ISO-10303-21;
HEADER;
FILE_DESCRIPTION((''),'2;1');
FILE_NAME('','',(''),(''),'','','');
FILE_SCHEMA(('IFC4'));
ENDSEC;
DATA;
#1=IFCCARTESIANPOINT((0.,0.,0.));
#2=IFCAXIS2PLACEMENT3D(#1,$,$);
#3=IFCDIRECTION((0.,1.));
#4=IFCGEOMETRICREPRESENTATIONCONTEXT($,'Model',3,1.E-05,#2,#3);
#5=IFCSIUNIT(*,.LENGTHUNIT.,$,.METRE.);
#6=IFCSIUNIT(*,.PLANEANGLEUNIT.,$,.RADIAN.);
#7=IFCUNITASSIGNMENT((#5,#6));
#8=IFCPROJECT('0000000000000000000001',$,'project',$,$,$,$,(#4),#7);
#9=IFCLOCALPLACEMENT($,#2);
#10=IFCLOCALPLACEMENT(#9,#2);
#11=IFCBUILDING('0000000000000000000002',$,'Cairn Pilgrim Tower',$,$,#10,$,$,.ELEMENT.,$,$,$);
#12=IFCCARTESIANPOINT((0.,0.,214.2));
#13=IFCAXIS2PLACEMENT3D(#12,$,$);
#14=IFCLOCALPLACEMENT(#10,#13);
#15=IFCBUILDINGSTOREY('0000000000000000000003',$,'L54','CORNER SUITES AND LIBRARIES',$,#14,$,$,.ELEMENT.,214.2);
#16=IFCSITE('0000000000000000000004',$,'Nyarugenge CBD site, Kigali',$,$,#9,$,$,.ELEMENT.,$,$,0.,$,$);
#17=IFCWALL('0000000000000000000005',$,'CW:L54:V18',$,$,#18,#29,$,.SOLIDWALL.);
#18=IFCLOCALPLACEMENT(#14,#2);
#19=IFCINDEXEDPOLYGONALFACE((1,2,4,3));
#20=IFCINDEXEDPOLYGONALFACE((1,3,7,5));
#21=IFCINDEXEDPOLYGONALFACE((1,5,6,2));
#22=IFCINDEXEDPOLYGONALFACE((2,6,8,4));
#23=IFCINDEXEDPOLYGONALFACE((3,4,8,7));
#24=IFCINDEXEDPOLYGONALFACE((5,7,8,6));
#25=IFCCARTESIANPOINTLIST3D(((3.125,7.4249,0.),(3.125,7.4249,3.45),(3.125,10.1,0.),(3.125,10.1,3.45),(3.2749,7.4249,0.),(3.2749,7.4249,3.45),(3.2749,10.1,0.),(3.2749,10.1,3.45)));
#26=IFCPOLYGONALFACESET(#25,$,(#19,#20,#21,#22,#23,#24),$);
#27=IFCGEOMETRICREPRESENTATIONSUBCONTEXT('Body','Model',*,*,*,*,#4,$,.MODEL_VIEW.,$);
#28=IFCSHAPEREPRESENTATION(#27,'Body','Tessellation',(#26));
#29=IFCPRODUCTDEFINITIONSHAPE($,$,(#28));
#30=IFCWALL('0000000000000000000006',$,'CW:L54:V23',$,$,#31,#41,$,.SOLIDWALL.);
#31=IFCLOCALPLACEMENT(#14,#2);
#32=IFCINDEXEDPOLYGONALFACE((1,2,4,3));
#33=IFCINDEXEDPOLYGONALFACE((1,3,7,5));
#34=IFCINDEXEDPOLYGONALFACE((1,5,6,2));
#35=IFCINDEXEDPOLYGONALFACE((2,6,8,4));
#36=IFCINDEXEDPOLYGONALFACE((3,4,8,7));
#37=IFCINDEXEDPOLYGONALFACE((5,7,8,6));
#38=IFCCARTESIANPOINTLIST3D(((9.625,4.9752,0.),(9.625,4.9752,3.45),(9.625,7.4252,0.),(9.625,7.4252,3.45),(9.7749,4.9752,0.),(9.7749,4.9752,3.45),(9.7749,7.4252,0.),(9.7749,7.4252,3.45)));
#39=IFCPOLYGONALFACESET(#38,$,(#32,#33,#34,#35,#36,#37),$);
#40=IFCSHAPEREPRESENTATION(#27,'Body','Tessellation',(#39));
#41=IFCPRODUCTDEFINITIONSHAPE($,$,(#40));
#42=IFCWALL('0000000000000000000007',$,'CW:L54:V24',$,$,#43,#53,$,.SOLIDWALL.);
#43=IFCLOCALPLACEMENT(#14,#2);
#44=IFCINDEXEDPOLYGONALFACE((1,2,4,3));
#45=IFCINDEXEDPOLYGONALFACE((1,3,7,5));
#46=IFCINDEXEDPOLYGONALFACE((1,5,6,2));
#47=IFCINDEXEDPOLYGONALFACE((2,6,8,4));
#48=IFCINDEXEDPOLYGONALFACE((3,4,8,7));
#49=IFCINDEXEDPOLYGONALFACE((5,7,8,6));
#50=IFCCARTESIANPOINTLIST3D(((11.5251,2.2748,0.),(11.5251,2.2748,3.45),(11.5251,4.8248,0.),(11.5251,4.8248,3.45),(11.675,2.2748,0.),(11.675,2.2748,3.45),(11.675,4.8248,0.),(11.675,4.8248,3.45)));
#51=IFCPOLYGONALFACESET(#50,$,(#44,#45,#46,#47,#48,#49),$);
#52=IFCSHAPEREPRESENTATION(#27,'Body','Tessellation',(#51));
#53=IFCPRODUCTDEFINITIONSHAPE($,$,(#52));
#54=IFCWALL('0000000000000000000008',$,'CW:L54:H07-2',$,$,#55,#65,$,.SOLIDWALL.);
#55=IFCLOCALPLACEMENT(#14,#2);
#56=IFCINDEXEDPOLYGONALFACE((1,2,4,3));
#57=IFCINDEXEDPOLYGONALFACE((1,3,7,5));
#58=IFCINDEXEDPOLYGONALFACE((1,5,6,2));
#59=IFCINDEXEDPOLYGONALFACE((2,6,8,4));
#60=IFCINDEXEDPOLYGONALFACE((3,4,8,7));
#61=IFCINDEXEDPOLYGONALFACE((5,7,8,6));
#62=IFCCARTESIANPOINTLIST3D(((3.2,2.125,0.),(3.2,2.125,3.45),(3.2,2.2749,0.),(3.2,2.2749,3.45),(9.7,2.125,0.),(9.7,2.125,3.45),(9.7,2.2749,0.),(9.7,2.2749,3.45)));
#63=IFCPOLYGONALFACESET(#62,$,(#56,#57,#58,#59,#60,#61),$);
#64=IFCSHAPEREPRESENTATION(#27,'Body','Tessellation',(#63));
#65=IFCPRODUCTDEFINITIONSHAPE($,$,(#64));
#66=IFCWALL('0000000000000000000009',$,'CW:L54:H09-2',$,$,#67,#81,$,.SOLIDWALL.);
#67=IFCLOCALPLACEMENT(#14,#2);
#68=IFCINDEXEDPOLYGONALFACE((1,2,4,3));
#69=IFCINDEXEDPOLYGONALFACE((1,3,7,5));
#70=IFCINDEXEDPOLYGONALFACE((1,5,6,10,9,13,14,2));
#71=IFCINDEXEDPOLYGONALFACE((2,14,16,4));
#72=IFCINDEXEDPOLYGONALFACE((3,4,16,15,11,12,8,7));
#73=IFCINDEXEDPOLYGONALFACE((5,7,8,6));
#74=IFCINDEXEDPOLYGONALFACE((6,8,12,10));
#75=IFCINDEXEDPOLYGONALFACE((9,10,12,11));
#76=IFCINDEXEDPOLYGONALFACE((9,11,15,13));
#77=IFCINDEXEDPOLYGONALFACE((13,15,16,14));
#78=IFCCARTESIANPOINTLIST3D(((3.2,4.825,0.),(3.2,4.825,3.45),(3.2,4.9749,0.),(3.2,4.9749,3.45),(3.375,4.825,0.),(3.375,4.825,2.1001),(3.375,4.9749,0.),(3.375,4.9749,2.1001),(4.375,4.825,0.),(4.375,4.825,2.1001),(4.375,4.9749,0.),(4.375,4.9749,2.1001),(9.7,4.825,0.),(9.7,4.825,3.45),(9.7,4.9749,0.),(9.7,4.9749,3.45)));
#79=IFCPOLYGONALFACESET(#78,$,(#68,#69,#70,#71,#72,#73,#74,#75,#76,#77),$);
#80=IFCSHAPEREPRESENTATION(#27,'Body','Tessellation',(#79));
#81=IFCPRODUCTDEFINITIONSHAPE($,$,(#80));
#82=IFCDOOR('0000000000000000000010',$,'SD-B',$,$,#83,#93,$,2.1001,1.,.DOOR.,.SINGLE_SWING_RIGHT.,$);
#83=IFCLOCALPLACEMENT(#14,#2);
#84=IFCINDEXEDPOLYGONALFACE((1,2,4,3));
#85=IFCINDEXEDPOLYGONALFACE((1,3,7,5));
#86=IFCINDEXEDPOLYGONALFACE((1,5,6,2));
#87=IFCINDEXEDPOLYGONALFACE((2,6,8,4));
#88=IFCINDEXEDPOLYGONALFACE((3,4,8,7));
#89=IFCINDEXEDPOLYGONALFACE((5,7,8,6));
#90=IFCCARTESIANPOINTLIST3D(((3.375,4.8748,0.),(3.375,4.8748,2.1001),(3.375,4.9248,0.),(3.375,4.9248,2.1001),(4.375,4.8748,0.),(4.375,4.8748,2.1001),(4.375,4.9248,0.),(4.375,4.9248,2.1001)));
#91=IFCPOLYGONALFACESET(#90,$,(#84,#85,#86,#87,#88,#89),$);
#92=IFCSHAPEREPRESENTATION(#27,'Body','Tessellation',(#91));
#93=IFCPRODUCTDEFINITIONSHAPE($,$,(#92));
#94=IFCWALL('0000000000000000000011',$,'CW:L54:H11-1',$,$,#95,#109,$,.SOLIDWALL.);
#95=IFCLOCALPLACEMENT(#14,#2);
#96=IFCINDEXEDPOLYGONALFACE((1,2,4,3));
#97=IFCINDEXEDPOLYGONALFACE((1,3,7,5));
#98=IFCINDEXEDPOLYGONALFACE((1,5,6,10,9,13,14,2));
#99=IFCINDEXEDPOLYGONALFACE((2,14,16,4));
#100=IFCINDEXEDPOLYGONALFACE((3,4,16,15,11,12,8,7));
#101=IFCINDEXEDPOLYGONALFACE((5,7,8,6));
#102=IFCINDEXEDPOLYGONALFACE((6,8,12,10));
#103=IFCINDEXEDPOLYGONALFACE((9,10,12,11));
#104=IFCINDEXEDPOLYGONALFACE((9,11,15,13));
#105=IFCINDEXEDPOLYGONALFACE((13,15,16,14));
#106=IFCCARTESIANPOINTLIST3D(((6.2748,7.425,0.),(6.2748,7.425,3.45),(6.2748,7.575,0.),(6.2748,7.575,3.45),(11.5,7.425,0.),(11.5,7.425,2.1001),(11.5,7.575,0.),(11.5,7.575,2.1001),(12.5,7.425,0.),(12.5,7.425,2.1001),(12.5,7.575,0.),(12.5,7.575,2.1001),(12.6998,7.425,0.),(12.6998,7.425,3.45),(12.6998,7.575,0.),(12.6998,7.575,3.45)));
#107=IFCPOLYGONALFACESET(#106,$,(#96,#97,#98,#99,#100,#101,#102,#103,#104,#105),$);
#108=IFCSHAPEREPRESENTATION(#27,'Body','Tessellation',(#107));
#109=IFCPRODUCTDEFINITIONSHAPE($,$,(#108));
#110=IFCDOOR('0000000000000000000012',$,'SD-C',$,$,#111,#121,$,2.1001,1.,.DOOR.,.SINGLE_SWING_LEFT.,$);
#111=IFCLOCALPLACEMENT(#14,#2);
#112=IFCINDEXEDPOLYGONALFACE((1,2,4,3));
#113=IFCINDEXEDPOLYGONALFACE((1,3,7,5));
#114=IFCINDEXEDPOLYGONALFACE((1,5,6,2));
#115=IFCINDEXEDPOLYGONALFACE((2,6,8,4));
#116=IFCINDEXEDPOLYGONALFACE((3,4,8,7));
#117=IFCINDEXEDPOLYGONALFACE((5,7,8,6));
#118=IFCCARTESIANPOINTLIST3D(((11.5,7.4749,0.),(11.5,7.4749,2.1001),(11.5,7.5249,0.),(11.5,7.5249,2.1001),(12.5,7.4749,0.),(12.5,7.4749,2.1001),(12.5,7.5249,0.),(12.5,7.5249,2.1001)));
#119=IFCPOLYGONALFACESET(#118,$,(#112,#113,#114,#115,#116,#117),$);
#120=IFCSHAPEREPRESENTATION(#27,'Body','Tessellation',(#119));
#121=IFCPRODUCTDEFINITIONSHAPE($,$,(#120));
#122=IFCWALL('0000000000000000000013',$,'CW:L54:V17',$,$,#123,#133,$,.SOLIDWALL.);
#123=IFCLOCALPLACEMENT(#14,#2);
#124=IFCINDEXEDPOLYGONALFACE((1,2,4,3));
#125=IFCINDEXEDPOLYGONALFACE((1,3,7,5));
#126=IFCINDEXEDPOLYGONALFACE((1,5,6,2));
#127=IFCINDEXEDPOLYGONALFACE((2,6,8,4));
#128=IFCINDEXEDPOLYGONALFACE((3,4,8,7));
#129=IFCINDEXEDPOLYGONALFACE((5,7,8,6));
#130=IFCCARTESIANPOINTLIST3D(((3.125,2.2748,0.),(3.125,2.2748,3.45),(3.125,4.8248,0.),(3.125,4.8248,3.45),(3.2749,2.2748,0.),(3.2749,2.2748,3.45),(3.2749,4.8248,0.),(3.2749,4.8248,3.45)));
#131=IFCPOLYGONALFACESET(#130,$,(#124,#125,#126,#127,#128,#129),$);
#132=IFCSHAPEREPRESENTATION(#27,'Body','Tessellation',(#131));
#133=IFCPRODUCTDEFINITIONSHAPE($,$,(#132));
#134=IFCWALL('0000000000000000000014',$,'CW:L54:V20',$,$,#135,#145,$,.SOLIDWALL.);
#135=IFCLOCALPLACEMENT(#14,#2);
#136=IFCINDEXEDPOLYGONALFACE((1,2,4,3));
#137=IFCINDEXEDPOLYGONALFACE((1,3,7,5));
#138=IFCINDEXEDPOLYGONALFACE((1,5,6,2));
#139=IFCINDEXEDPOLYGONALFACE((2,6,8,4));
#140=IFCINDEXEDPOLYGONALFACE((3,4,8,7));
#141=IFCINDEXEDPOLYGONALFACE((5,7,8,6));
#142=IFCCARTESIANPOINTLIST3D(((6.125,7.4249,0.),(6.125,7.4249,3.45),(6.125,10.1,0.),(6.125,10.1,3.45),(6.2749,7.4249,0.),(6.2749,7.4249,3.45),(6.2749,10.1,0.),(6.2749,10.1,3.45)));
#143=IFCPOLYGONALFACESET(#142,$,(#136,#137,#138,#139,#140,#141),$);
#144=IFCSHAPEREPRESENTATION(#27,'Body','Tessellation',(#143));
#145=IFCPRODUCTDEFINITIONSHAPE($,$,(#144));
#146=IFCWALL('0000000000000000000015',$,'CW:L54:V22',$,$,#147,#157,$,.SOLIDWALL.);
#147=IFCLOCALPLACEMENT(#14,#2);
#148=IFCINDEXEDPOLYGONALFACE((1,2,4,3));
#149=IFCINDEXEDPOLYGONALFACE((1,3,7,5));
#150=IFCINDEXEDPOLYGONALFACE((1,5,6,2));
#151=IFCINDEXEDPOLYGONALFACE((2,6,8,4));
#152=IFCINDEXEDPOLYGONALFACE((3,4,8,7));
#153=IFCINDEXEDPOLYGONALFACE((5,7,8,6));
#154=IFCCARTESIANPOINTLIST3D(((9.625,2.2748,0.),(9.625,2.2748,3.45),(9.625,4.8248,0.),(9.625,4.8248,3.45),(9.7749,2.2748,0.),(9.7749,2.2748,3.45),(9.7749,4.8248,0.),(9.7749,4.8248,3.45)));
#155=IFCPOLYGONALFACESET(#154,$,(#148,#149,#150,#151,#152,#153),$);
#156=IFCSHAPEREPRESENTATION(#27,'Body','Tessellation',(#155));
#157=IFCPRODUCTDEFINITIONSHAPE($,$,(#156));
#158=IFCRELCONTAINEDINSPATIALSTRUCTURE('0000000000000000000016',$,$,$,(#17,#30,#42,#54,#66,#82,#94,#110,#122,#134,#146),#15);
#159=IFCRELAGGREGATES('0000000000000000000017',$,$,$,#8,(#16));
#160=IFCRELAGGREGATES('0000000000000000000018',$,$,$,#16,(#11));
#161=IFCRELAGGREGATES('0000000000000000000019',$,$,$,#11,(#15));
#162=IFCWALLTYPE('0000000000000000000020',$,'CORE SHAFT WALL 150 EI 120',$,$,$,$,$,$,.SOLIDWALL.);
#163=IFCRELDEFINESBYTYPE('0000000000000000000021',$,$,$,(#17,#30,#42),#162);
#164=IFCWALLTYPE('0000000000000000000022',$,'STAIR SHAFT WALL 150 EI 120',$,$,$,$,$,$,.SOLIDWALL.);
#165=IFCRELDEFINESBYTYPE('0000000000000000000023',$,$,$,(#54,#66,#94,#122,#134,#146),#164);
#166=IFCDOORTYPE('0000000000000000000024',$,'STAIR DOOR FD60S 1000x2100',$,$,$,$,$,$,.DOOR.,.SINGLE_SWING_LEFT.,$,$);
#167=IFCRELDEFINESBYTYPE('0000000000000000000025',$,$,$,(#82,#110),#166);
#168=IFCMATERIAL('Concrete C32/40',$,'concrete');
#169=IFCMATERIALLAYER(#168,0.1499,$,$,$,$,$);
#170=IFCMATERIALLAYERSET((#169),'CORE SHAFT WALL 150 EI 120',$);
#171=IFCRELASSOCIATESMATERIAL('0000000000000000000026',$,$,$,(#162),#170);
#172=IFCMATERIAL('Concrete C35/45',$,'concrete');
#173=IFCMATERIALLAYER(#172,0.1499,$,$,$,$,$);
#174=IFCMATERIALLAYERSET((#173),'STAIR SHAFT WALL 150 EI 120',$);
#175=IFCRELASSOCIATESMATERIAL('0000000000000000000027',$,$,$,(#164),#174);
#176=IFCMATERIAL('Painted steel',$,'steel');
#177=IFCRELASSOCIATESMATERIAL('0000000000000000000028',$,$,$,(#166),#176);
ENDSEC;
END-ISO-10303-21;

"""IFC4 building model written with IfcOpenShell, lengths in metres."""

from ifc_helpers import new_model, si_unit, direction, frame, frame_2d, origin, place, context, subcontext, project, spatial, rectangle, extrude, material, layer, layer_set, type_object, element, fill, save


model = new_model("IFC4")

# Units and contexts
model_context = context("Model", 3, precision=1e-05, world=origin(), true_north=direction((0.0, 1.0)))
body_context = subcontext(model_context, "Body", "Model", "MODEL_VIEW")
ifc_project = project(units=[si_unit("LENGTHUNIT", "METRE"), si_unit("PLANEANGLEUNIT", "RADIAN")], contexts=[model_context])

# Site, building, storey
site_placement = place(None, origin())
site = spatial("IfcSite", under=ifc_project, at=site_placement, Name="Nyarugenge CBD site, Kigali", CompositionType="ELEMENT", RefElevation=0.0)
building_placement = place(site_placement, origin())
building = spatial("IfcBuilding", under=site, at=building_placement, Name="Cairn Pilgrim Tower", CompositionType="ELEMENT")
storey_placement = place(building_placement, frame((0.0, 0.0, 214.2)))
storey = spatial("IfcBuildingStorey", under=building, at=storey_placement, Name="L54", Description="CORNER SUITES AND LIBRARIES", CompositionType="ELEMENT", Elevation=214.2)

# Shared definitions
ifc_material_1 = material(Name="Concrete C32/40", Category="concrete")

# Shared definitions
ifc_layer_1 = layer(ifc_material_1, 0.1499)
ifc_layer_set_1 = layer_set([ifc_layer_1], Name="CORE SHAFT WALL 150 EI 120")
wall_type_1 = type_object("IfcWallType", Name="CORE SHAFT WALL 150 EI 120", PredefinedType="SOLIDWALL", material=ifc_layer_set_1)

# Shared definitions
ifc_material_2 = material(Name="Painted steel", Category="steel")

# Walls
wall_1_placement = place(storey_placement, frame((3.2, 7.425, 0.0), z_axis=(0.0, 0.0, 1.0), x_axis=(0.0, 1.0, 0.0)))
element("IfcWall", 1, at=wall_1_placement, inside=storey, type_object=wall_type_1, Name="CW:L54:V18", PredefinedType="SOLIDWALL", context=body_context, shape_type="SweptSolid", body=[
    extrude(rectangle(XDim=2.675, YDim=0.1499, at=frame_2d((1.3374, 0.0))), origin(), (0.0, 0.0, 1.0), 3.45),
])
wall_2_placement = place(storey_placement, frame((9.7, 4.9751, 0.0), z_axis=(0.0, 0.0, 1.0), x_axis=(0.0, 1.0, 0.0)))
element("IfcWall", 2, at=wall_2_placement, inside=storey, type_object=wall_type_1, Name="CW:L54:V23", PredefinedType="SOLIDWALL", context=body_context, shape_type="SweptSolid", body=[
    extrude(rectangle(XDim=2.45, YDim=0.1499, at=frame_2d((1.2251, 0.0))), origin(), (0.0, 0.0, 1.0), 3.45),
])
wall_3_placement = place(storey_placement, frame((11.6001, 2.2749, 0.0), z_axis=(0.0, 0.0, 1.0), x_axis=(0.0, 1.0, 0.0)))
element("IfcWall", 3, at=wall_3_placement, inside=storey, type_object=wall_type_1, Name="CW:L54:V24", PredefinedType="SOLIDWALL", context=body_context, shape_type="SweptSolid", body=[
    extrude(rectangle(XDim=2.55, YDim=0.1499, at=frame_2d((1.2749, 0.0))), origin(), (0.0, 0.0, 1.0), 3.45),
])
ifc_material_3 = material(Name="Concrete C35/45", Category="concrete")
ifc_layer_2 = layer(ifc_material_3, 0.1499)
ifc_layer_set_2 = layer_set([ifc_layer_2], Name="STAIR SHAFT WALL 150 EI 120")
wall_type_2 = type_object("IfcWallType", Name="STAIR SHAFT WALL 150 EI 120", PredefinedType="SOLIDWALL", material=ifc_layer_set_2)
wall_4_placement = place(storey_placement, frame((3.2, 2.2, 0.0), z_axis=(0.0, 0.0, 1.0), x_axis=(1.0, 0.0, 0.0)))
element("IfcWall", 4, at=wall_4_placement, inside=storey, type_object=wall_type_2, Name="CW:L54:H07-2", PredefinedType="SOLIDWALL", context=body_context, shape_type="SweptSolid", body=[
    extrude(rectangle(XDim=6.5, YDim=0.1499, at=frame_2d((3.25, 0.0))), origin(), (0.0, 0.0, 1.0), 3.45),
])

# Walls, openings, doors
wall_5_placement = place(storey_placement, frame((3.2, 4.8999, 0.0), z_axis=(0.0, 0.0, 1.0), x_axis=(1.0, 0.0, 0.0)))
wall_5 = element("IfcWall", 5, at=wall_5_placement, inside=storey, type_object=wall_type_2, Name="CW:L54:H09-2", PredefinedType="SOLIDWALL", context=body_context, shape_type="SweptSolid", body=[
    extrude(rectangle(XDim=6.5, YDim=0.1499, at=frame_2d((3.25, 0.0))), origin(), (0.0, 0.0, 1.0), 3.45),
])
opening_1_placement = place(wall_5_placement, frame((0.175, 0.0, 0.0)))
opening_1 = element("IfcOpeningElement", 6, at=opening_1_placement, cuts=wall_5, PredefinedType="OPENING", context=body_context, shape_type="SweptSolid", body=[
    extrude(rectangle(XDim=1.0, YDim=2.1001, at=frame_2d((0.5, 1.05))), frame((0.0, 0.085, 0.0), z_axis=(0.0, -1.0, 0.0), x_axis=(1.0, 0.0, 0.0)), (0.0, 0.0, 1.0), 0.1699),
])
door_type_1 = type_object("IfcDoorType", Name="STAIR DOOR FD60S 1000x2100", OperationType="SINGLE_SWING_LEFT", PredefinedType="DOOR", material=ifc_material_2)
door_1_placement = place(opening_1_placement, origin())
door_1 = element("IfcDoor", 7, at=door_1_placement, inside=storey, type_object=door_type_1, Name="SD-B", OperationType="SINGLE_SWING_RIGHT", OverallHeight=2.1001, OverallWidth=1.0, PredefinedType="DOOR", context=body_context, shape_type="SweptSolid", body=[
    extrude(rectangle(XDim=1.0, YDim=2.1001, at=frame_2d((0.5, 1.05))), frame((0.0, 0.0249, 0.0), z_axis=(0.0, -1.0, 0.0), x_axis=(1.0, 0.0, 0.0)), (0.0, 0.0, 1.0), 0.05),
])
fill(opening_1, door_1)
wall_6_placement = place(storey_placement, frame((6.2749, 7.5, 0.0), z_axis=(0.0, 0.0, 1.0), x_axis=(1.0, 0.0, 0.0)))
wall_6 = element("IfcWall", 8, at=wall_6_placement, inside=storey, type_object=wall_type_2, Name="CW:L54:H11-1", PredefinedType="SOLIDWALL", context=body_context, shape_type="SweptSolid", body=[
    extrude(rectangle(XDim=6.425, YDim=0.1499, at=frame_2d((3.2124, 0.0))), origin(), (0.0, 0.0, 1.0), 3.45),
])
opening_2_placement = place(wall_6_placement, frame((5.2251, 0.0, 0.0)))
opening_2 = element("IfcOpeningElement", 9, at=opening_2_placement, cuts=wall_6, PredefinedType="OPENING", context=body_context, shape_type="SweptSolid", body=[
    extrude(rectangle(XDim=1.0, YDim=2.1001, at=frame_2d((0.5, 1.05))), frame((0.0, 0.085, 0.0), z_axis=(0.0, -1.0, 0.0), x_axis=(1.0, 0.0, 0.0)), (0.0, 0.0, 1.0), 0.1699),
])
door_2_placement = place(opening_2_placement, origin())
door_2 = element("IfcDoor", 10, at=door_2_placement, inside=storey, type_object=door_type_1, Name="SD-C", OperationType="SINGLE_SWING_LEFT", OverallHeight=2.1001, OverallWidth=1.0, PredefinedType="DOOR", context=body_context, shape_type="SweptSolid", body=[
    extrude(rectangle(XDim=1.0, YDim=2.1001, at=frame_2d((0.5, 1.05))), frame((0.0, 0.0249, 0.0), z_axis=(0.0, -1.0, 0.0), x_axis=(1.0, 0.0, 0.0)), (0.0, 0.0, 1.0), 0.05),
])
fill(opening_2, door_2)

# Walls
wall_7_placement = place(storey_placement, frame((3.2, 2.2749, 0.0), z_axis=(0.0, 0.0, 1.0), x_axis=(0.0, 1.0, 0.0)))
element("IfcWall", 11, at=wall_7_placement, inside=storey, type_object=wall_type_2, Name="CW:L54:V17", PredefinedType="SOLIDWALL", context=body_context, shape_type="SweptSolid", body=[
    extrude(rectangle(XDim=2.55, YDim=0.1499, at=frame_2d((1.2749, 0.0))), origin(), (0.0, 0.0, 1.0), 3.45),
])
wall_8_placement = place(storey_placement, frame((6.2, 7.425, 0.0), z_axis=(0.0, 0.0, 1.0), x_axis=(0.0, 1.0, 0.0)))
element("IfcWall", 12, at=wall_8_placement, inside=storey, type_object=wall_type_2, Name="CW:L54:V20", PredefinedType="SOLIDWALL", context=body_context, shape_type="SweptSolid", body=[
    extrude(rectangle(XDim=2.675, YDim=0.1499, at=frame_2d((1.3374, 0.0))), origin(), (0.0, 0.0, 1.0), 3.45),
])
wall_9_placement = place(storey_placement, frame((9.7, 2.2749, 0.0), z_axis=(0.0, 0.0, 1.0), x_axis=(0.0, 1.0, 0.0)))
element("IfcWall", 13, at=wall_9_placement, inside=storey, type_object=wall_type_2, Name="CW:L54:V22", PredefinedType="SOLIDWALL", context=body_context, shape_type="SweptSolid", body=[
    extrude(rectangle(XDim=2.55, YDim=0.1499, at=frame_2d((1.2749, 0.0))), origin(), (0.0, 0.0, 1.0), 3.45),
])

save(model, "model.ifc")
